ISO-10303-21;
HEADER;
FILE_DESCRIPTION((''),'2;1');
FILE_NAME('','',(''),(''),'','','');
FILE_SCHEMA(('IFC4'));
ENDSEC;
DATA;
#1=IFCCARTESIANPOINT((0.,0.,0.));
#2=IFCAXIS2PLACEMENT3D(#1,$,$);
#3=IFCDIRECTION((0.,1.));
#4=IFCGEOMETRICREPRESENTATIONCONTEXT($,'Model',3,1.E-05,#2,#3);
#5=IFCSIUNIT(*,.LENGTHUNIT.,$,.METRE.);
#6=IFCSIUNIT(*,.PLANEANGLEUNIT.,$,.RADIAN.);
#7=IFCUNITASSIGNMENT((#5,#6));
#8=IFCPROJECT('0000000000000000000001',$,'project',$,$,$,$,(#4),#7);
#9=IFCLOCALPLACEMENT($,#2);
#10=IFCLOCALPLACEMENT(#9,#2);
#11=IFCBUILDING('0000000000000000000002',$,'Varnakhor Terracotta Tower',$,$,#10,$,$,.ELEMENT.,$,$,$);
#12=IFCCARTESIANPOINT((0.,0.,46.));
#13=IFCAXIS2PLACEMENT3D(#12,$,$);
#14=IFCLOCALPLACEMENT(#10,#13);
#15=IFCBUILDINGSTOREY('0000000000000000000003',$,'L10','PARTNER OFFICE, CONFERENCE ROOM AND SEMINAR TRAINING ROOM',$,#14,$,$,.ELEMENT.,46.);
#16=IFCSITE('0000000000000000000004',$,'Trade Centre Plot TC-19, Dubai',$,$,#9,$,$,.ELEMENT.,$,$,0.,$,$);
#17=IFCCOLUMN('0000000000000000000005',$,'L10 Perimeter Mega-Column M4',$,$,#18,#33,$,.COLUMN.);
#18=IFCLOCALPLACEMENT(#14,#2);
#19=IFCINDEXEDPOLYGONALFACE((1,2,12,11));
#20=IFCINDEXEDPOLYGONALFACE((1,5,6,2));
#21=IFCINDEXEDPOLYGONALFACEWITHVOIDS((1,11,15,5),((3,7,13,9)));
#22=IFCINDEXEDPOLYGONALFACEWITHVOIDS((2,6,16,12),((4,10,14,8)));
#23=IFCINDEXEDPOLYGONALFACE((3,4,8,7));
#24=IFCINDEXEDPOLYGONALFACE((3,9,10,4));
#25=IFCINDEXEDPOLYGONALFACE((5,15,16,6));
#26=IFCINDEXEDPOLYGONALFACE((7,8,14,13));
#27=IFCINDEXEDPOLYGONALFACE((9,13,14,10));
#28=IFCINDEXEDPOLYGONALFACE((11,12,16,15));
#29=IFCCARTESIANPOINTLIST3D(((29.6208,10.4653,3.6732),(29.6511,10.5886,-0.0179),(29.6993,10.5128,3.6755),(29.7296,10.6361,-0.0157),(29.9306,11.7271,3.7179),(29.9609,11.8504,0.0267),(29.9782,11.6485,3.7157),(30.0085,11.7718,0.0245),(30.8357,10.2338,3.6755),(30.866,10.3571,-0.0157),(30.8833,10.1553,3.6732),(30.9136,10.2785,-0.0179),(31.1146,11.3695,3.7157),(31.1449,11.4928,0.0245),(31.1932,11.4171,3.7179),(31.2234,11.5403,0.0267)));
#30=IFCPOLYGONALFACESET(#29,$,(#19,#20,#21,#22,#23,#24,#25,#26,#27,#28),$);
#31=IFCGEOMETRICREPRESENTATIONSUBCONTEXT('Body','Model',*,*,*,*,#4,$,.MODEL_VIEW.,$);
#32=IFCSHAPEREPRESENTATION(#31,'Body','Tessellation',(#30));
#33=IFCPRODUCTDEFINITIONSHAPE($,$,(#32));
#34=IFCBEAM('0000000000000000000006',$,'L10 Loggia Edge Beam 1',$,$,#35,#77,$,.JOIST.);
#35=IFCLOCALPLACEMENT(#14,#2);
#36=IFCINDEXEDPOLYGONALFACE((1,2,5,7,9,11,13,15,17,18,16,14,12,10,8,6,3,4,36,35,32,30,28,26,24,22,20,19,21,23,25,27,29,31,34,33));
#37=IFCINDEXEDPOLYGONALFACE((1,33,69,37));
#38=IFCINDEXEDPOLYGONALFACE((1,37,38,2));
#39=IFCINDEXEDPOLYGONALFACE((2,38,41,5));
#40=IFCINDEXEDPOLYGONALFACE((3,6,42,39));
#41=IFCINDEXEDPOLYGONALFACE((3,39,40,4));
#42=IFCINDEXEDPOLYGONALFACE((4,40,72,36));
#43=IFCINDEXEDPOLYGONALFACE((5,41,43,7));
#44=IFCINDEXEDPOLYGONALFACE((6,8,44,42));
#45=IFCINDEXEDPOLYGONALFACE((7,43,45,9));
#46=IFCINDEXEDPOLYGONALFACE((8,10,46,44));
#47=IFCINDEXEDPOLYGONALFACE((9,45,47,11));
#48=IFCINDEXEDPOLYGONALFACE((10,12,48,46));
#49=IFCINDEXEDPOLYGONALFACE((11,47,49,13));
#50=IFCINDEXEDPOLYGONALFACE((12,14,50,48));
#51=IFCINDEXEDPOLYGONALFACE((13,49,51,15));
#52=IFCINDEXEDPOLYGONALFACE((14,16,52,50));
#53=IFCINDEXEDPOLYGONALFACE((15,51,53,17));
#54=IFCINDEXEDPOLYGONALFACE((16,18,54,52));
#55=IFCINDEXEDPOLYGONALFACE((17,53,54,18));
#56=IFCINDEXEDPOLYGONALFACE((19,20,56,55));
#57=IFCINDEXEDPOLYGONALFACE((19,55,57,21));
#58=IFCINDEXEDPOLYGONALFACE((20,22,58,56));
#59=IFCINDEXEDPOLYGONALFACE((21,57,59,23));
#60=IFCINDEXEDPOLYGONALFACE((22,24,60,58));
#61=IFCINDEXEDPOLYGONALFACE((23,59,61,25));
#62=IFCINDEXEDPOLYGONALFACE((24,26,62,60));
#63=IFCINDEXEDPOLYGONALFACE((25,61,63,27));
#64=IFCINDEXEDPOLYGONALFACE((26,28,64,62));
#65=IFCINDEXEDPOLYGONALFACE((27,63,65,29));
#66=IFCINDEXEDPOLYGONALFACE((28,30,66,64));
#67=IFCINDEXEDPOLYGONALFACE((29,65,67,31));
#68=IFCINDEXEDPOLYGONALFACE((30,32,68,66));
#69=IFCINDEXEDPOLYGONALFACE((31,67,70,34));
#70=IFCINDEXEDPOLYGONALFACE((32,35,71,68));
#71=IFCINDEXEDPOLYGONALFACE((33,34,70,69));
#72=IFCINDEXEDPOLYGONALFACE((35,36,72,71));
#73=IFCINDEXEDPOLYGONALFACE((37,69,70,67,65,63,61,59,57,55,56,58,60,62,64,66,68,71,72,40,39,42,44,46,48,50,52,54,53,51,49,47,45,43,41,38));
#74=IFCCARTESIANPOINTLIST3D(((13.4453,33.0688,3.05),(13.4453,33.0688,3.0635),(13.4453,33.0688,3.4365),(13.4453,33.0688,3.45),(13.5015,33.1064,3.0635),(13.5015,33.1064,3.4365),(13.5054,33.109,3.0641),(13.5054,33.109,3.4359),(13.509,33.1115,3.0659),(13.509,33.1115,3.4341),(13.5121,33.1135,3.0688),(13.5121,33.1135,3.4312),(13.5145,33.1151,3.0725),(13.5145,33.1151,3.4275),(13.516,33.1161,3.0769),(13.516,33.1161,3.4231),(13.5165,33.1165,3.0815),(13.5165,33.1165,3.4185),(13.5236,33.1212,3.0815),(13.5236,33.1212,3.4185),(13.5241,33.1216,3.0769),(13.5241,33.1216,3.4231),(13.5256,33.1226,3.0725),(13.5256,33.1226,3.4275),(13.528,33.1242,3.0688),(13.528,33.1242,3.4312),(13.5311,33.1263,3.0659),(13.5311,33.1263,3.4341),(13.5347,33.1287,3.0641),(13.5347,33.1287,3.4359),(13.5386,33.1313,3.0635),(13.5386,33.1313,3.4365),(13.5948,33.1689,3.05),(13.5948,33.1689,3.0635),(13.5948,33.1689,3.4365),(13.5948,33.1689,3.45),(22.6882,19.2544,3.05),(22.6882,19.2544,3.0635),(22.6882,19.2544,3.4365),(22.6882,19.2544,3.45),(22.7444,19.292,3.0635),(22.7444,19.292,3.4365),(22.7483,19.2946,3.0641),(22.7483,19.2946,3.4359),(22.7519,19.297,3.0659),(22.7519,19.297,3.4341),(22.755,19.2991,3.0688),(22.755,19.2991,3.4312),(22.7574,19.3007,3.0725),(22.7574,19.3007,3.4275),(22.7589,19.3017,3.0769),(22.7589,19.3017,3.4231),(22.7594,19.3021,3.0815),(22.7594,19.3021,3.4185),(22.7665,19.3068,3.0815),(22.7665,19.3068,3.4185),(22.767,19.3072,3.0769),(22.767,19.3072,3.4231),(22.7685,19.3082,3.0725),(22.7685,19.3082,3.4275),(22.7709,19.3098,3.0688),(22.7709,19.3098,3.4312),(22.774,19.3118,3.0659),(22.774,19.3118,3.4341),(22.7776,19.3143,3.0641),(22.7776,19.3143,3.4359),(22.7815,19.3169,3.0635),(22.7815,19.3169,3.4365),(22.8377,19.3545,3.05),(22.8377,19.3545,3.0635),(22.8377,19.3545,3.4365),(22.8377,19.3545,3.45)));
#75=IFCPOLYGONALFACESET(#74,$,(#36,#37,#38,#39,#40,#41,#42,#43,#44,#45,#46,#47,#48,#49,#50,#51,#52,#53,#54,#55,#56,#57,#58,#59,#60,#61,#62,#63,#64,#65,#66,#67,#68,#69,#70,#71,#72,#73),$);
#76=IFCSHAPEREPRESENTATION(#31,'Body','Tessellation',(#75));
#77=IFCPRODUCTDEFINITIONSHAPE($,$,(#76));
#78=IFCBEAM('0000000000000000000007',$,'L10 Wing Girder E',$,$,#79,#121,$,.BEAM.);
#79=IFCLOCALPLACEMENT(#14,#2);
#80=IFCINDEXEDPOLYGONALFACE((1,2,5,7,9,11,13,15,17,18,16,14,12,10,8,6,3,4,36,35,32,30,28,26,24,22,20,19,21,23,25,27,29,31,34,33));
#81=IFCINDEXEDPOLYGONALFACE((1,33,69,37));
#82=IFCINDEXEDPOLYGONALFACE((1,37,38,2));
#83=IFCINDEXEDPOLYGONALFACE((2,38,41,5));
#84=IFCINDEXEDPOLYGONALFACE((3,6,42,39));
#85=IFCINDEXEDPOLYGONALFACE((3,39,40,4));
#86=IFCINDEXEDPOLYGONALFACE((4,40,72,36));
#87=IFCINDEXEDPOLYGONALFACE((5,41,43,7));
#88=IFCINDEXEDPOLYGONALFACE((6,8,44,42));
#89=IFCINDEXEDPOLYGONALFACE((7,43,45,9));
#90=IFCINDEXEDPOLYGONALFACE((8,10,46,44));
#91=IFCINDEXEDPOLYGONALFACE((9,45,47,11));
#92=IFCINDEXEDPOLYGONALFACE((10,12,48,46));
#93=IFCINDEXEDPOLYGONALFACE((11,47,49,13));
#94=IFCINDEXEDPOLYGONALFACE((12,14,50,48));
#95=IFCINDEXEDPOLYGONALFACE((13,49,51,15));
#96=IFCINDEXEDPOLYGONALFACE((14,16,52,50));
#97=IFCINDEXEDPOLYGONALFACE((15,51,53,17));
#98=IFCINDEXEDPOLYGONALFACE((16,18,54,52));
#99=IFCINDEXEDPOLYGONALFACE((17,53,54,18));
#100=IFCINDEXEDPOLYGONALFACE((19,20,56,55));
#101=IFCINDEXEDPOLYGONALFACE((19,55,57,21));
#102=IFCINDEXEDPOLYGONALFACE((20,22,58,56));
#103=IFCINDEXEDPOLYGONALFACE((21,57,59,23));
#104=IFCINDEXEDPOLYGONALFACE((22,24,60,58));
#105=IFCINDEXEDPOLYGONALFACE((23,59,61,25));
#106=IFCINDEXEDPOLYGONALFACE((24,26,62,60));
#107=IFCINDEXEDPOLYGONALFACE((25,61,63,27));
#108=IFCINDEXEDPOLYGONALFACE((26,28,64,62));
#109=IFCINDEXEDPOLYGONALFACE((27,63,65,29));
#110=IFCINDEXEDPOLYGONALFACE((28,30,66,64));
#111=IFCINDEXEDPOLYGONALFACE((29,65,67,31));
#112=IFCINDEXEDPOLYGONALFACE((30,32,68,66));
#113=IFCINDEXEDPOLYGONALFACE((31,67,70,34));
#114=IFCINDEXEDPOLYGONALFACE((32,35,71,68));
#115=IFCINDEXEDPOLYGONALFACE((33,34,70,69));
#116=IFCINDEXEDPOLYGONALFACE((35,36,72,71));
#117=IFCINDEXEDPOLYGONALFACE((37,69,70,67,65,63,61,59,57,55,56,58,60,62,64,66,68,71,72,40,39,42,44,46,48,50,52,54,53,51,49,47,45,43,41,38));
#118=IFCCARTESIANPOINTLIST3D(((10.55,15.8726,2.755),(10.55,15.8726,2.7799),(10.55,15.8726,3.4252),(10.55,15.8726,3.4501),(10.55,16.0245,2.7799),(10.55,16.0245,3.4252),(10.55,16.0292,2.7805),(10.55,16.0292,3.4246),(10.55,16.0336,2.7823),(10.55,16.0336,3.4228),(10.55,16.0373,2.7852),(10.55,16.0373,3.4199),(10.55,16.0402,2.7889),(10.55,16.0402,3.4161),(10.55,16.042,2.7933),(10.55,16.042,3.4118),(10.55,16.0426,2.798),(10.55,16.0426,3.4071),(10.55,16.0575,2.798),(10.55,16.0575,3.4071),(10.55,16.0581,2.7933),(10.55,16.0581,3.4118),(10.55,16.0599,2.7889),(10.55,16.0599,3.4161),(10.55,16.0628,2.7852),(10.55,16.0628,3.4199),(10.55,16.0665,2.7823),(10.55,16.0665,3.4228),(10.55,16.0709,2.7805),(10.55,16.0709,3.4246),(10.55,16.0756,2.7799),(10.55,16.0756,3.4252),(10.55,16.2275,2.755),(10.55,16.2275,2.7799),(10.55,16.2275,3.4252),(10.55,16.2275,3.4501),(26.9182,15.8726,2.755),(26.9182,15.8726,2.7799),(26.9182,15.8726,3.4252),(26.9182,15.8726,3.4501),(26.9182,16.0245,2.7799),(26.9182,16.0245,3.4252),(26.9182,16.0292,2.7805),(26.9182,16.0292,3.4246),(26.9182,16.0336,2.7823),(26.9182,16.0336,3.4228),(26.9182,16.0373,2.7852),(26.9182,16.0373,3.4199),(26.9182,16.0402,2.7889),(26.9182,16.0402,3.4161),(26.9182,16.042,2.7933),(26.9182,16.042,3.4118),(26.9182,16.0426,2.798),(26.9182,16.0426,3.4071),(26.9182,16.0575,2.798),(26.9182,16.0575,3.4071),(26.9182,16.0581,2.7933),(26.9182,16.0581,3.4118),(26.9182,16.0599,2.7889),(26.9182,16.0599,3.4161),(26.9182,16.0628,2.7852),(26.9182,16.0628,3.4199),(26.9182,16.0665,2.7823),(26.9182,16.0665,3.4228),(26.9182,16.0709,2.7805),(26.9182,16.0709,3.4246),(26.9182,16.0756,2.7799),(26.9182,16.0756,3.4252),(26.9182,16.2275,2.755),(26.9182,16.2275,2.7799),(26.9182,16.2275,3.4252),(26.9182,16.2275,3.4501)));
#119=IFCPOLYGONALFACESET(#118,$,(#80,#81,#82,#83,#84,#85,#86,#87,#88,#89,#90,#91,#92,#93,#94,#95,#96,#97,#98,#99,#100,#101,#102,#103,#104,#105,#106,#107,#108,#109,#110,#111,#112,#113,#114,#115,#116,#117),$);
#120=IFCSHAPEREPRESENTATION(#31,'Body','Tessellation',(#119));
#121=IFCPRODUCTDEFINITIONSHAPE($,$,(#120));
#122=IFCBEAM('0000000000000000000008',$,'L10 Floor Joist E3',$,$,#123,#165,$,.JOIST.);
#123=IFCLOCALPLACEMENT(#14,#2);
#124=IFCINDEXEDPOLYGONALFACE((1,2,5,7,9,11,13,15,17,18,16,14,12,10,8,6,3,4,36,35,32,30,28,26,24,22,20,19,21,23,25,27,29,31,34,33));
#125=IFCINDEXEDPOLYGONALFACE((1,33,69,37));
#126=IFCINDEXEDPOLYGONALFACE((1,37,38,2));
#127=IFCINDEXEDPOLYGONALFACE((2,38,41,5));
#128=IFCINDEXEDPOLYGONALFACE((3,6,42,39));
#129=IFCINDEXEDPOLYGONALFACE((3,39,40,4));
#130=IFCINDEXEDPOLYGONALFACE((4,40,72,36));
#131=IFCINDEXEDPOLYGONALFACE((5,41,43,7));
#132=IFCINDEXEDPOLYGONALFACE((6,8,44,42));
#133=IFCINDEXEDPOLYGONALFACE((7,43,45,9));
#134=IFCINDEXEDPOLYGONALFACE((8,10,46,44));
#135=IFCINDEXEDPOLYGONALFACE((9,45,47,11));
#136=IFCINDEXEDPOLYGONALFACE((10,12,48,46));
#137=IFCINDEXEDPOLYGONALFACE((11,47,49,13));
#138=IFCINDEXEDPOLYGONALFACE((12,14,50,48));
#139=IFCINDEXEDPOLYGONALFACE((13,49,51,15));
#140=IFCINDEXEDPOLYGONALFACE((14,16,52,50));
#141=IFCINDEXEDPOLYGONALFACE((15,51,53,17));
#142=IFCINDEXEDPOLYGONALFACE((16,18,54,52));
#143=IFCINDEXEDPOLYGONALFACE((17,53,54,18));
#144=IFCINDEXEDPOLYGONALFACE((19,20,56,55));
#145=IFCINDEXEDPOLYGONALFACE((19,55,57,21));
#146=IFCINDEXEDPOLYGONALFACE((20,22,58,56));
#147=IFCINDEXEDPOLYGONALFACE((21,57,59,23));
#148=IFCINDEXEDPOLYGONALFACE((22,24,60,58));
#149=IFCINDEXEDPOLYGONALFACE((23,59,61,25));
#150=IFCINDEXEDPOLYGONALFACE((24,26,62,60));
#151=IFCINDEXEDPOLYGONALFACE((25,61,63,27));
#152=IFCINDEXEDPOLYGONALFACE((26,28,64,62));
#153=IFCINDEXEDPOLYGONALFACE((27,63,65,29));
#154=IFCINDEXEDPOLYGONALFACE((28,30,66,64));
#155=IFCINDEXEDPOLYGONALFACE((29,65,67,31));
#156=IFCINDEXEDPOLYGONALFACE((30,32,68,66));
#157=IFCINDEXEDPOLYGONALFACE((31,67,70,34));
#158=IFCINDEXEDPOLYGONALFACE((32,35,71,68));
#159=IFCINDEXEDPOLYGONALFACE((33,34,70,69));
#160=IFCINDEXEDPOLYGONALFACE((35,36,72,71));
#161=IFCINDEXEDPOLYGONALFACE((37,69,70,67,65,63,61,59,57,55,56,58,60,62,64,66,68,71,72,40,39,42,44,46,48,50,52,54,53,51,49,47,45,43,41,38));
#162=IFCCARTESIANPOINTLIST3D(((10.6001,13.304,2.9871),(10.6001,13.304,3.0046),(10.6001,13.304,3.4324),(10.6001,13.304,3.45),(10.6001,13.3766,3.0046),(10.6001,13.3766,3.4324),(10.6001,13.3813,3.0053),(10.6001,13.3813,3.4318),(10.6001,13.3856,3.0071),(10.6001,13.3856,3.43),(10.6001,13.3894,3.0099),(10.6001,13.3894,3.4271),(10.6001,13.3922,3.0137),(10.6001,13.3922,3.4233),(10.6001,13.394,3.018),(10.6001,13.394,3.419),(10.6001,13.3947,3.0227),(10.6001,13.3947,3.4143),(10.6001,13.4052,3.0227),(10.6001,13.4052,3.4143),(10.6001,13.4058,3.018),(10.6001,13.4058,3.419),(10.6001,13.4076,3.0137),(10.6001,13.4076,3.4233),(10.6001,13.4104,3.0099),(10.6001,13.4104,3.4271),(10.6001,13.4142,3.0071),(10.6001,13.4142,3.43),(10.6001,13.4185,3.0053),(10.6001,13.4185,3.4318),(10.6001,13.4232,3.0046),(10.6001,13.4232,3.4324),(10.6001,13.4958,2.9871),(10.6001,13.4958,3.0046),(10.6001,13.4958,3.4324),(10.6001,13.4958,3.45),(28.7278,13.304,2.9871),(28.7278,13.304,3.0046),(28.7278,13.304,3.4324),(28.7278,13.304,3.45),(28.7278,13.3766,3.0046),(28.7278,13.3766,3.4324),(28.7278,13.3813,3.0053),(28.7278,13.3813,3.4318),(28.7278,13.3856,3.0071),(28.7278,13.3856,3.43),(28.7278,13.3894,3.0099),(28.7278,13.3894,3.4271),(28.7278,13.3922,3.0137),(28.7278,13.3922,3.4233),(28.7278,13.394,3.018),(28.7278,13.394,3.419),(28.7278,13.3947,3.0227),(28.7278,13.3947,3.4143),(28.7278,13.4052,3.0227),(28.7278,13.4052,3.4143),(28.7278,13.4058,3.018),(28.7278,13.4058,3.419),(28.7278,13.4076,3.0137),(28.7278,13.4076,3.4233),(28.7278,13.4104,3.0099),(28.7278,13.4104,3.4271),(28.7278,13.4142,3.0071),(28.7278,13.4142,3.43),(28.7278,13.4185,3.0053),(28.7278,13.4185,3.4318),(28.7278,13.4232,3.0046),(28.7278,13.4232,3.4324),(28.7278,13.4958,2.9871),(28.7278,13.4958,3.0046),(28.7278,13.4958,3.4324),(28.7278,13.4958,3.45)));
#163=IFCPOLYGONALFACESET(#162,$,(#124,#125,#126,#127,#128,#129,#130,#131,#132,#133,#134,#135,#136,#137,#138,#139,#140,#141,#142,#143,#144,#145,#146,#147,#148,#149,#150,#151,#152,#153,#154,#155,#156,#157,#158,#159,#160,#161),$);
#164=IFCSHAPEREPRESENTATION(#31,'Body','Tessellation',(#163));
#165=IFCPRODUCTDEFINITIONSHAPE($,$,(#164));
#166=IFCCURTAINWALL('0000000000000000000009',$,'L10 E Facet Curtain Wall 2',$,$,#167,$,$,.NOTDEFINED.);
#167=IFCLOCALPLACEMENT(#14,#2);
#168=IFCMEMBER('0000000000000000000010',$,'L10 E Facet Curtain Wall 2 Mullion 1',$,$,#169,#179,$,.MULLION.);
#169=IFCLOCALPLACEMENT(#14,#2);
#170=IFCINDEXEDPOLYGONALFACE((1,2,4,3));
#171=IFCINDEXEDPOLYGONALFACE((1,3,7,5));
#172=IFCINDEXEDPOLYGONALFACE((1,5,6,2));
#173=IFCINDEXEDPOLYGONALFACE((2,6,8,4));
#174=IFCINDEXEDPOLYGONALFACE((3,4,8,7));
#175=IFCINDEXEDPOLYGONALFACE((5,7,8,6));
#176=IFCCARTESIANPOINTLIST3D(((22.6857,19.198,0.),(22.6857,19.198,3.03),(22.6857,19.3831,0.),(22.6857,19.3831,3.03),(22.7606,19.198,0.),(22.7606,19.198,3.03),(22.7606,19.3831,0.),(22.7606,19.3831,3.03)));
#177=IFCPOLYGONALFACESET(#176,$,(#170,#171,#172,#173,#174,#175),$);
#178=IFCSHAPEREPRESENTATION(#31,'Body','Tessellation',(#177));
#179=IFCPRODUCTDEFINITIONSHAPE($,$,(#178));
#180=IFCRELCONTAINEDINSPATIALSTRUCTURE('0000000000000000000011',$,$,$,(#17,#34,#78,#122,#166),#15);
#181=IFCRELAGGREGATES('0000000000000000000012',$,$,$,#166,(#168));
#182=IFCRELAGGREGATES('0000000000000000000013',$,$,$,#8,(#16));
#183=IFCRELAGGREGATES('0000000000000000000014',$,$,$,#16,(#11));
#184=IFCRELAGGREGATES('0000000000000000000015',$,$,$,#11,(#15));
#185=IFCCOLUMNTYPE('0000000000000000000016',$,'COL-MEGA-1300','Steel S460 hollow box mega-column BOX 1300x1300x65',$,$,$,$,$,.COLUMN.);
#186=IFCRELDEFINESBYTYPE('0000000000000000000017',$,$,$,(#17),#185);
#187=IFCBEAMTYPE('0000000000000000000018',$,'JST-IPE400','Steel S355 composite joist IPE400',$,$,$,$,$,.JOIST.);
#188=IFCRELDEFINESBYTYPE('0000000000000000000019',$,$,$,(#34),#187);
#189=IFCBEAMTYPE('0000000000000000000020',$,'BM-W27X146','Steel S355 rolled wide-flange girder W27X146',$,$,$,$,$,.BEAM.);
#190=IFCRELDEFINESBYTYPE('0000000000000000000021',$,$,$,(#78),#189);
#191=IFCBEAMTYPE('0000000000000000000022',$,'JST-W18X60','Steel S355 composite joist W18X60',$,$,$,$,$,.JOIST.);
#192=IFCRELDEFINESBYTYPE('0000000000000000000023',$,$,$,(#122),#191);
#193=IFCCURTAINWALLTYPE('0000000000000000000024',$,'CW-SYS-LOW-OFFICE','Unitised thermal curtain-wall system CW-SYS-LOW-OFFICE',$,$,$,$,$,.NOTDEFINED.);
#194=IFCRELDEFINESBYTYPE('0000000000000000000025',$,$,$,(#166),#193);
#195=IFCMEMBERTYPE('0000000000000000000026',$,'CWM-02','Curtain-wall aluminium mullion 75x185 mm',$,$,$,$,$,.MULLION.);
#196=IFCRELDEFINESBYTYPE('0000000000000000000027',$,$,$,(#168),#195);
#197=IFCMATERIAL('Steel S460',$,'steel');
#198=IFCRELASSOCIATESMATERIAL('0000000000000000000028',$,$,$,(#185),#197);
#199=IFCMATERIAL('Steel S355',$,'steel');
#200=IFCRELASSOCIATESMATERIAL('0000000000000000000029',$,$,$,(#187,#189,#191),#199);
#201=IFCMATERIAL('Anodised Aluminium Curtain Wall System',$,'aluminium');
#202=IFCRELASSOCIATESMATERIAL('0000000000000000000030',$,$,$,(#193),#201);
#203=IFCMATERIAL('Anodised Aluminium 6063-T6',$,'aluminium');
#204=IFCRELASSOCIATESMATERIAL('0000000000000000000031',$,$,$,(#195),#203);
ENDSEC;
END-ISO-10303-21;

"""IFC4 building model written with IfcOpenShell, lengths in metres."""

from ifc_helpers import new_model, si_unit, direction, frame, origin, origin_2d, place, context, subcontext, project, spatial, rectangle, hollow_rectangle, i_section, extrude, source, transform, mapped, material, material_profile, profile_set, type_object, type_shapes, element, aggregate, save


model = new_model("IFC4")

# Units and contexts
model_context = context("Model", 3, precision=1e-05, world=origin(), true_north=direction((0.0, 1.0)))
body_context = subcontext(model_context, "Body", "Model", "MODEL_VIEW")
ifc_project = project(units=[si_unit("LENGTHUNIT", "METRE"), si_unit("PLANEANGLEUNIT", "RADIAN")], contexts=[model_context])

# Site, building, storey
site_placement = place(None, origin())
site = spatial("IfcSite", under=ifc_project, at=site_placement, Name="Trade Centre Plot TC-19, Dubai", CompositionType="ELEMENT", RefElevation=0.0)
building_placement = place(site_placement, origin())
building = spatial("IfcBuilding", under=site, at=building_placement, Name="Varnakhor Terracotta Tower", CompositionType="ELEMENT")
storey_placement = place(building_placement, frame((0.0, 0.0, 46.0)))
storey = spatial("IfcBuildingStorey", under=building, at=storey_placement, Name="L10", Description="PARTNER OFFICE, CONFERENCE ROOM AND SEMINAR TRAINING ROOM", CompositionType="ELEMENT", Elevation=46.0)

# Column
ifc_material_1 = material(Name="Steel S460", Category="steel")
ifc_material_profile_1 = material_profile(ifc_material_1, hollow_rectangle(XDim=1.3, YDim=1.3, WallThickness=0.0649, at=origin_2d()), Name="BOX 1300x1300x65")
ifc_profile_set_1 = profile_set([ifc_material_profile_1], Name="Steel S460")
column_type = type_object("IfcColumnType", Name="COL-MEGA-1300", Description="Steel S460 hollow box mega-column BOX 1300x1300x65", PredefinedType="COLUMN", material=ifc_profile_set_1)
shared_shape_1 = source(origin(), body_context, "Body", "SweptSolid", [
    extrude(hollow_rectangle(XDim=1.3, YDim=1.3, WallThickness=0.0649, at=origin_2d()), origin(), (0.0, 0.0, 1.0), 3.6934),
])
column_placement = place(storey_placement, frame((30.4373, 11.0645, 0.0044), z_axis=(-0.008197, -0.033382, 0.999409), x_axis=(0.971152, -0.238461, 0.0)))
element("IfcColumn", 1, at=column_placement, inside=storey, type_object=column_type, Name="L10 Perimeter Mega-Column M4", PredefinedType="COLUMN", context=body_context, shape_type="MappedRepresentation", body=[
    mapped(shared_shape_1, transform((0.0, 0.0, 0.0), scale=1.0)),
])

# Beams
ifc_material_2 = material(Name="Steel S355", Category="steel")
ifc_material_profile_2 = material_profile(ifc_material_2, i_section(OverallWidth=0.1799, OverallDepth=0.3999, WebThickness=0.0085, FlangeThickness=0.0134, FilletRadius=0.0181, at=origin_2d()), Name="IPE400")
ifc_profile_set_2 = profile_set([ifc_material_profile_2], Name="Steel S355")
beam_type_1 = type_object("IfcBeamType", Name="JST-IPE400", Description="Steel S355 composite joist IPE400", PredefinedType="JOIST", material=ifc_profile_set_2)
shared_shape_2 = source(origin(), body_context, "Body", "SweptSolid", [
    extrude(i_section(OverallWidth=0.1799, OverallDepth=0.3999, WebThickness=0.0085, FlangeThickness=0.0134, FilletRadius=0.0181, at=origin_2d()), origin(), (0.0, 0.0, 1.0), 16.6213),
])
beam_1_placement = place(storey_placement, frame((22.7629, 19.3044, 3.25), z_axis=(-0.556086, 0.831125, 0.0), x_axis=(-0.831125, -0.556086, 0.0)))
element("IfcBeam", 2, at=beam_1_placement, inside=storey, type_object=beam_type_1, Name="L10 Loggia Edge Beam 1", PredefinedType="JOIST", context=body_context, shape_type="MappedRepresentation", body=[
    mapped(shared_shape_2, transform((0.0, 0.0, 0.0), scale=1.0)),
])
ifc_material_profile_3 = material_profile(ifc_material_2, i_section(OverallWidth=0.355, OverallDepth=0.6951, WebThickness=0.0149, FlangeThickness=0.0249, FilletRadius=0.0181, at=origin_2d()), Name="W27X146")
ifc_profile_set_3 = profile_set([ifc_material_profile_3], Name="Steel S355")
beam_type_2 = type_object("IfcBeamType", Name="BM-W27X146", Description="Steel S355 rolled wide-flange girder W27X146", PredefinedType="BEAM", material=ifc_profile_set_3)
shared_shape_3 = source(origin(), body_context, "Body", "SweptSolid", [
    extrude(i_section(OverallWidth=0.355, OverallDepth=0.6951, WebThickness=0.0149, FlangeThickness=0.0249, FilletRadius=0.0181, at=origin_2d()), origin(), (0.0, 0.0, 1.0), 16.3682),
])
beam_2_placement = place(storey_placement, frame((10.55, 16.05, 3.1025), z_axis=(1.0, 0.0, 0.0), x_axis=(0.0, 1.0, 0.0)))
element("IfcBeam", 3, at=beam_2_placement, inside=storey, type_object=beam_type_2, Name="L10 Wing Girder E", PredefinedType="BEAM", context=body_context, shape_type="MappedRepresentation", body=[
    mapped(shared_shape_3, transform((0.0, 0.0, 0.0), scale=1.0)),
])
ifc_material_profile_4 = material_profile(ifc_material_2, i_section(OverallWidth=0.1919, OverallDepth=0.4629, WebThickness=0.0105, FlangeThickness=0.0176, FilletRadius=0.0181, at=origin_2d()), Name="W18X60")
ifc_profile_set_4 = profile_set([ifc_material_profile_4], Name="Steel S355")
beam_type_3 = type_object("IfcBeamType", Name="JST-W18X60", Description="Steel S355 composite joist W18X60", PredefinedType="JOIST", material=ifc_profile_set_4)
shared_shape_4 = source(origin(), body_context, "Body", "SweptSolid", [
    extrude(i_section(OverallWidth=0.1919, OverallDepth=0.4629, WebThickness=0.0105, FlangeThickness=0.0176, FilletRadius=0.0181, at=origin_2d()), origin(), (0.0, 0.0, 1.0), 18.1277),
])
beam_3_placement = place(storey_placement, frame((10.6001, 13.3999, 3.2185), z_axis=(1.0, 0.0, 0.0), x_axis=(0.0, 1.0, 0.0)))
element("IfcBeam", 4, at=beam_3_placement, inside=storey, type_object=beam_type_3, Name="L10 Floor Joist E3", PredefinedType="JOIST", context=body_context, shape_type="MappedRepresentation", body=[
    mapped(shared_shape_4, transform((0.0, 0.0, 0.0), scale=1.0)),
])

# Curtain wall, member
ifc_material_3 = material(Name="Anodised Aluminium Curtain Wall System", Category="aluminium")
curtain_wall_type = type_object("IfcCurtainWallType", Name="CW-SYS-LOW-OFFICE", Description="Unitised thermal curtain-wall system CW-SYS-LOW-OFFICE", PredefinedType="NOTDEFINED", material=ifc_material_3)
curtain_wall_placement = place(storey_placement, origin())
curtain_wall = element("IfcCurtainWall", 5, at=curtain_wall_placement, inside=storey, type_object=curtain_wall_type, Name="L10 E Facet Curtain Wall 2", PredefinedType="NOTDEFINED")
ifc_material_4 = material(Name="Anodised Aluminium 6063-T6", Category="aluminium")
ifc_material_profile_5 = material_profile(ifc_material_4, rectangle(XDim=0.075, YDim=0.1851, at=origin_2d()), Name="ALU MULLION 75x185")
ifc_profile_set_5 = profile_set([ifc_material_profile_5], Name="Anodised Aluminium 6063-T6")
member_type_1 = type_object("IfcMemberType", Name="CWM-02", Description="Curtain-wall aluminium mullion 75x185 mm", PredefinedType="MULLION", material=ifc_profile_set_5)
shared_shape_5 = source(origin(), body_context, "Body", "SweptSolid", [
    extrude(rectangle(XDim=0.075, YDim=0.1851, at=origin_2d()), origin(), (0.0, 0.0, 1.0), 3.03),
])
type_shapes(member_type_1, [shared_shape_5])
member_1_placement = place(storey_placement, frame((22.7231, 19.2905, 0.0), z_axis=(0.0, 0.0, 1.0), x_axis=(1.0, 0.0, 0.0)))
member_1 = element("IfcMember", 6, at=member_1_placement, type_object=member_type_1, Name="L10 E Facet Curtain Wall 2 Mullion 1", PredefinedType="MULLION", context=body_context, shape_type="MappedRepresentation", body=[
    mapped(shared_shape_5, transform((0.0, 0.0, 0.0), scale=1.0)),
])

aggregate(curtain_wall, [member_1])

save(model, "model.ifc")
